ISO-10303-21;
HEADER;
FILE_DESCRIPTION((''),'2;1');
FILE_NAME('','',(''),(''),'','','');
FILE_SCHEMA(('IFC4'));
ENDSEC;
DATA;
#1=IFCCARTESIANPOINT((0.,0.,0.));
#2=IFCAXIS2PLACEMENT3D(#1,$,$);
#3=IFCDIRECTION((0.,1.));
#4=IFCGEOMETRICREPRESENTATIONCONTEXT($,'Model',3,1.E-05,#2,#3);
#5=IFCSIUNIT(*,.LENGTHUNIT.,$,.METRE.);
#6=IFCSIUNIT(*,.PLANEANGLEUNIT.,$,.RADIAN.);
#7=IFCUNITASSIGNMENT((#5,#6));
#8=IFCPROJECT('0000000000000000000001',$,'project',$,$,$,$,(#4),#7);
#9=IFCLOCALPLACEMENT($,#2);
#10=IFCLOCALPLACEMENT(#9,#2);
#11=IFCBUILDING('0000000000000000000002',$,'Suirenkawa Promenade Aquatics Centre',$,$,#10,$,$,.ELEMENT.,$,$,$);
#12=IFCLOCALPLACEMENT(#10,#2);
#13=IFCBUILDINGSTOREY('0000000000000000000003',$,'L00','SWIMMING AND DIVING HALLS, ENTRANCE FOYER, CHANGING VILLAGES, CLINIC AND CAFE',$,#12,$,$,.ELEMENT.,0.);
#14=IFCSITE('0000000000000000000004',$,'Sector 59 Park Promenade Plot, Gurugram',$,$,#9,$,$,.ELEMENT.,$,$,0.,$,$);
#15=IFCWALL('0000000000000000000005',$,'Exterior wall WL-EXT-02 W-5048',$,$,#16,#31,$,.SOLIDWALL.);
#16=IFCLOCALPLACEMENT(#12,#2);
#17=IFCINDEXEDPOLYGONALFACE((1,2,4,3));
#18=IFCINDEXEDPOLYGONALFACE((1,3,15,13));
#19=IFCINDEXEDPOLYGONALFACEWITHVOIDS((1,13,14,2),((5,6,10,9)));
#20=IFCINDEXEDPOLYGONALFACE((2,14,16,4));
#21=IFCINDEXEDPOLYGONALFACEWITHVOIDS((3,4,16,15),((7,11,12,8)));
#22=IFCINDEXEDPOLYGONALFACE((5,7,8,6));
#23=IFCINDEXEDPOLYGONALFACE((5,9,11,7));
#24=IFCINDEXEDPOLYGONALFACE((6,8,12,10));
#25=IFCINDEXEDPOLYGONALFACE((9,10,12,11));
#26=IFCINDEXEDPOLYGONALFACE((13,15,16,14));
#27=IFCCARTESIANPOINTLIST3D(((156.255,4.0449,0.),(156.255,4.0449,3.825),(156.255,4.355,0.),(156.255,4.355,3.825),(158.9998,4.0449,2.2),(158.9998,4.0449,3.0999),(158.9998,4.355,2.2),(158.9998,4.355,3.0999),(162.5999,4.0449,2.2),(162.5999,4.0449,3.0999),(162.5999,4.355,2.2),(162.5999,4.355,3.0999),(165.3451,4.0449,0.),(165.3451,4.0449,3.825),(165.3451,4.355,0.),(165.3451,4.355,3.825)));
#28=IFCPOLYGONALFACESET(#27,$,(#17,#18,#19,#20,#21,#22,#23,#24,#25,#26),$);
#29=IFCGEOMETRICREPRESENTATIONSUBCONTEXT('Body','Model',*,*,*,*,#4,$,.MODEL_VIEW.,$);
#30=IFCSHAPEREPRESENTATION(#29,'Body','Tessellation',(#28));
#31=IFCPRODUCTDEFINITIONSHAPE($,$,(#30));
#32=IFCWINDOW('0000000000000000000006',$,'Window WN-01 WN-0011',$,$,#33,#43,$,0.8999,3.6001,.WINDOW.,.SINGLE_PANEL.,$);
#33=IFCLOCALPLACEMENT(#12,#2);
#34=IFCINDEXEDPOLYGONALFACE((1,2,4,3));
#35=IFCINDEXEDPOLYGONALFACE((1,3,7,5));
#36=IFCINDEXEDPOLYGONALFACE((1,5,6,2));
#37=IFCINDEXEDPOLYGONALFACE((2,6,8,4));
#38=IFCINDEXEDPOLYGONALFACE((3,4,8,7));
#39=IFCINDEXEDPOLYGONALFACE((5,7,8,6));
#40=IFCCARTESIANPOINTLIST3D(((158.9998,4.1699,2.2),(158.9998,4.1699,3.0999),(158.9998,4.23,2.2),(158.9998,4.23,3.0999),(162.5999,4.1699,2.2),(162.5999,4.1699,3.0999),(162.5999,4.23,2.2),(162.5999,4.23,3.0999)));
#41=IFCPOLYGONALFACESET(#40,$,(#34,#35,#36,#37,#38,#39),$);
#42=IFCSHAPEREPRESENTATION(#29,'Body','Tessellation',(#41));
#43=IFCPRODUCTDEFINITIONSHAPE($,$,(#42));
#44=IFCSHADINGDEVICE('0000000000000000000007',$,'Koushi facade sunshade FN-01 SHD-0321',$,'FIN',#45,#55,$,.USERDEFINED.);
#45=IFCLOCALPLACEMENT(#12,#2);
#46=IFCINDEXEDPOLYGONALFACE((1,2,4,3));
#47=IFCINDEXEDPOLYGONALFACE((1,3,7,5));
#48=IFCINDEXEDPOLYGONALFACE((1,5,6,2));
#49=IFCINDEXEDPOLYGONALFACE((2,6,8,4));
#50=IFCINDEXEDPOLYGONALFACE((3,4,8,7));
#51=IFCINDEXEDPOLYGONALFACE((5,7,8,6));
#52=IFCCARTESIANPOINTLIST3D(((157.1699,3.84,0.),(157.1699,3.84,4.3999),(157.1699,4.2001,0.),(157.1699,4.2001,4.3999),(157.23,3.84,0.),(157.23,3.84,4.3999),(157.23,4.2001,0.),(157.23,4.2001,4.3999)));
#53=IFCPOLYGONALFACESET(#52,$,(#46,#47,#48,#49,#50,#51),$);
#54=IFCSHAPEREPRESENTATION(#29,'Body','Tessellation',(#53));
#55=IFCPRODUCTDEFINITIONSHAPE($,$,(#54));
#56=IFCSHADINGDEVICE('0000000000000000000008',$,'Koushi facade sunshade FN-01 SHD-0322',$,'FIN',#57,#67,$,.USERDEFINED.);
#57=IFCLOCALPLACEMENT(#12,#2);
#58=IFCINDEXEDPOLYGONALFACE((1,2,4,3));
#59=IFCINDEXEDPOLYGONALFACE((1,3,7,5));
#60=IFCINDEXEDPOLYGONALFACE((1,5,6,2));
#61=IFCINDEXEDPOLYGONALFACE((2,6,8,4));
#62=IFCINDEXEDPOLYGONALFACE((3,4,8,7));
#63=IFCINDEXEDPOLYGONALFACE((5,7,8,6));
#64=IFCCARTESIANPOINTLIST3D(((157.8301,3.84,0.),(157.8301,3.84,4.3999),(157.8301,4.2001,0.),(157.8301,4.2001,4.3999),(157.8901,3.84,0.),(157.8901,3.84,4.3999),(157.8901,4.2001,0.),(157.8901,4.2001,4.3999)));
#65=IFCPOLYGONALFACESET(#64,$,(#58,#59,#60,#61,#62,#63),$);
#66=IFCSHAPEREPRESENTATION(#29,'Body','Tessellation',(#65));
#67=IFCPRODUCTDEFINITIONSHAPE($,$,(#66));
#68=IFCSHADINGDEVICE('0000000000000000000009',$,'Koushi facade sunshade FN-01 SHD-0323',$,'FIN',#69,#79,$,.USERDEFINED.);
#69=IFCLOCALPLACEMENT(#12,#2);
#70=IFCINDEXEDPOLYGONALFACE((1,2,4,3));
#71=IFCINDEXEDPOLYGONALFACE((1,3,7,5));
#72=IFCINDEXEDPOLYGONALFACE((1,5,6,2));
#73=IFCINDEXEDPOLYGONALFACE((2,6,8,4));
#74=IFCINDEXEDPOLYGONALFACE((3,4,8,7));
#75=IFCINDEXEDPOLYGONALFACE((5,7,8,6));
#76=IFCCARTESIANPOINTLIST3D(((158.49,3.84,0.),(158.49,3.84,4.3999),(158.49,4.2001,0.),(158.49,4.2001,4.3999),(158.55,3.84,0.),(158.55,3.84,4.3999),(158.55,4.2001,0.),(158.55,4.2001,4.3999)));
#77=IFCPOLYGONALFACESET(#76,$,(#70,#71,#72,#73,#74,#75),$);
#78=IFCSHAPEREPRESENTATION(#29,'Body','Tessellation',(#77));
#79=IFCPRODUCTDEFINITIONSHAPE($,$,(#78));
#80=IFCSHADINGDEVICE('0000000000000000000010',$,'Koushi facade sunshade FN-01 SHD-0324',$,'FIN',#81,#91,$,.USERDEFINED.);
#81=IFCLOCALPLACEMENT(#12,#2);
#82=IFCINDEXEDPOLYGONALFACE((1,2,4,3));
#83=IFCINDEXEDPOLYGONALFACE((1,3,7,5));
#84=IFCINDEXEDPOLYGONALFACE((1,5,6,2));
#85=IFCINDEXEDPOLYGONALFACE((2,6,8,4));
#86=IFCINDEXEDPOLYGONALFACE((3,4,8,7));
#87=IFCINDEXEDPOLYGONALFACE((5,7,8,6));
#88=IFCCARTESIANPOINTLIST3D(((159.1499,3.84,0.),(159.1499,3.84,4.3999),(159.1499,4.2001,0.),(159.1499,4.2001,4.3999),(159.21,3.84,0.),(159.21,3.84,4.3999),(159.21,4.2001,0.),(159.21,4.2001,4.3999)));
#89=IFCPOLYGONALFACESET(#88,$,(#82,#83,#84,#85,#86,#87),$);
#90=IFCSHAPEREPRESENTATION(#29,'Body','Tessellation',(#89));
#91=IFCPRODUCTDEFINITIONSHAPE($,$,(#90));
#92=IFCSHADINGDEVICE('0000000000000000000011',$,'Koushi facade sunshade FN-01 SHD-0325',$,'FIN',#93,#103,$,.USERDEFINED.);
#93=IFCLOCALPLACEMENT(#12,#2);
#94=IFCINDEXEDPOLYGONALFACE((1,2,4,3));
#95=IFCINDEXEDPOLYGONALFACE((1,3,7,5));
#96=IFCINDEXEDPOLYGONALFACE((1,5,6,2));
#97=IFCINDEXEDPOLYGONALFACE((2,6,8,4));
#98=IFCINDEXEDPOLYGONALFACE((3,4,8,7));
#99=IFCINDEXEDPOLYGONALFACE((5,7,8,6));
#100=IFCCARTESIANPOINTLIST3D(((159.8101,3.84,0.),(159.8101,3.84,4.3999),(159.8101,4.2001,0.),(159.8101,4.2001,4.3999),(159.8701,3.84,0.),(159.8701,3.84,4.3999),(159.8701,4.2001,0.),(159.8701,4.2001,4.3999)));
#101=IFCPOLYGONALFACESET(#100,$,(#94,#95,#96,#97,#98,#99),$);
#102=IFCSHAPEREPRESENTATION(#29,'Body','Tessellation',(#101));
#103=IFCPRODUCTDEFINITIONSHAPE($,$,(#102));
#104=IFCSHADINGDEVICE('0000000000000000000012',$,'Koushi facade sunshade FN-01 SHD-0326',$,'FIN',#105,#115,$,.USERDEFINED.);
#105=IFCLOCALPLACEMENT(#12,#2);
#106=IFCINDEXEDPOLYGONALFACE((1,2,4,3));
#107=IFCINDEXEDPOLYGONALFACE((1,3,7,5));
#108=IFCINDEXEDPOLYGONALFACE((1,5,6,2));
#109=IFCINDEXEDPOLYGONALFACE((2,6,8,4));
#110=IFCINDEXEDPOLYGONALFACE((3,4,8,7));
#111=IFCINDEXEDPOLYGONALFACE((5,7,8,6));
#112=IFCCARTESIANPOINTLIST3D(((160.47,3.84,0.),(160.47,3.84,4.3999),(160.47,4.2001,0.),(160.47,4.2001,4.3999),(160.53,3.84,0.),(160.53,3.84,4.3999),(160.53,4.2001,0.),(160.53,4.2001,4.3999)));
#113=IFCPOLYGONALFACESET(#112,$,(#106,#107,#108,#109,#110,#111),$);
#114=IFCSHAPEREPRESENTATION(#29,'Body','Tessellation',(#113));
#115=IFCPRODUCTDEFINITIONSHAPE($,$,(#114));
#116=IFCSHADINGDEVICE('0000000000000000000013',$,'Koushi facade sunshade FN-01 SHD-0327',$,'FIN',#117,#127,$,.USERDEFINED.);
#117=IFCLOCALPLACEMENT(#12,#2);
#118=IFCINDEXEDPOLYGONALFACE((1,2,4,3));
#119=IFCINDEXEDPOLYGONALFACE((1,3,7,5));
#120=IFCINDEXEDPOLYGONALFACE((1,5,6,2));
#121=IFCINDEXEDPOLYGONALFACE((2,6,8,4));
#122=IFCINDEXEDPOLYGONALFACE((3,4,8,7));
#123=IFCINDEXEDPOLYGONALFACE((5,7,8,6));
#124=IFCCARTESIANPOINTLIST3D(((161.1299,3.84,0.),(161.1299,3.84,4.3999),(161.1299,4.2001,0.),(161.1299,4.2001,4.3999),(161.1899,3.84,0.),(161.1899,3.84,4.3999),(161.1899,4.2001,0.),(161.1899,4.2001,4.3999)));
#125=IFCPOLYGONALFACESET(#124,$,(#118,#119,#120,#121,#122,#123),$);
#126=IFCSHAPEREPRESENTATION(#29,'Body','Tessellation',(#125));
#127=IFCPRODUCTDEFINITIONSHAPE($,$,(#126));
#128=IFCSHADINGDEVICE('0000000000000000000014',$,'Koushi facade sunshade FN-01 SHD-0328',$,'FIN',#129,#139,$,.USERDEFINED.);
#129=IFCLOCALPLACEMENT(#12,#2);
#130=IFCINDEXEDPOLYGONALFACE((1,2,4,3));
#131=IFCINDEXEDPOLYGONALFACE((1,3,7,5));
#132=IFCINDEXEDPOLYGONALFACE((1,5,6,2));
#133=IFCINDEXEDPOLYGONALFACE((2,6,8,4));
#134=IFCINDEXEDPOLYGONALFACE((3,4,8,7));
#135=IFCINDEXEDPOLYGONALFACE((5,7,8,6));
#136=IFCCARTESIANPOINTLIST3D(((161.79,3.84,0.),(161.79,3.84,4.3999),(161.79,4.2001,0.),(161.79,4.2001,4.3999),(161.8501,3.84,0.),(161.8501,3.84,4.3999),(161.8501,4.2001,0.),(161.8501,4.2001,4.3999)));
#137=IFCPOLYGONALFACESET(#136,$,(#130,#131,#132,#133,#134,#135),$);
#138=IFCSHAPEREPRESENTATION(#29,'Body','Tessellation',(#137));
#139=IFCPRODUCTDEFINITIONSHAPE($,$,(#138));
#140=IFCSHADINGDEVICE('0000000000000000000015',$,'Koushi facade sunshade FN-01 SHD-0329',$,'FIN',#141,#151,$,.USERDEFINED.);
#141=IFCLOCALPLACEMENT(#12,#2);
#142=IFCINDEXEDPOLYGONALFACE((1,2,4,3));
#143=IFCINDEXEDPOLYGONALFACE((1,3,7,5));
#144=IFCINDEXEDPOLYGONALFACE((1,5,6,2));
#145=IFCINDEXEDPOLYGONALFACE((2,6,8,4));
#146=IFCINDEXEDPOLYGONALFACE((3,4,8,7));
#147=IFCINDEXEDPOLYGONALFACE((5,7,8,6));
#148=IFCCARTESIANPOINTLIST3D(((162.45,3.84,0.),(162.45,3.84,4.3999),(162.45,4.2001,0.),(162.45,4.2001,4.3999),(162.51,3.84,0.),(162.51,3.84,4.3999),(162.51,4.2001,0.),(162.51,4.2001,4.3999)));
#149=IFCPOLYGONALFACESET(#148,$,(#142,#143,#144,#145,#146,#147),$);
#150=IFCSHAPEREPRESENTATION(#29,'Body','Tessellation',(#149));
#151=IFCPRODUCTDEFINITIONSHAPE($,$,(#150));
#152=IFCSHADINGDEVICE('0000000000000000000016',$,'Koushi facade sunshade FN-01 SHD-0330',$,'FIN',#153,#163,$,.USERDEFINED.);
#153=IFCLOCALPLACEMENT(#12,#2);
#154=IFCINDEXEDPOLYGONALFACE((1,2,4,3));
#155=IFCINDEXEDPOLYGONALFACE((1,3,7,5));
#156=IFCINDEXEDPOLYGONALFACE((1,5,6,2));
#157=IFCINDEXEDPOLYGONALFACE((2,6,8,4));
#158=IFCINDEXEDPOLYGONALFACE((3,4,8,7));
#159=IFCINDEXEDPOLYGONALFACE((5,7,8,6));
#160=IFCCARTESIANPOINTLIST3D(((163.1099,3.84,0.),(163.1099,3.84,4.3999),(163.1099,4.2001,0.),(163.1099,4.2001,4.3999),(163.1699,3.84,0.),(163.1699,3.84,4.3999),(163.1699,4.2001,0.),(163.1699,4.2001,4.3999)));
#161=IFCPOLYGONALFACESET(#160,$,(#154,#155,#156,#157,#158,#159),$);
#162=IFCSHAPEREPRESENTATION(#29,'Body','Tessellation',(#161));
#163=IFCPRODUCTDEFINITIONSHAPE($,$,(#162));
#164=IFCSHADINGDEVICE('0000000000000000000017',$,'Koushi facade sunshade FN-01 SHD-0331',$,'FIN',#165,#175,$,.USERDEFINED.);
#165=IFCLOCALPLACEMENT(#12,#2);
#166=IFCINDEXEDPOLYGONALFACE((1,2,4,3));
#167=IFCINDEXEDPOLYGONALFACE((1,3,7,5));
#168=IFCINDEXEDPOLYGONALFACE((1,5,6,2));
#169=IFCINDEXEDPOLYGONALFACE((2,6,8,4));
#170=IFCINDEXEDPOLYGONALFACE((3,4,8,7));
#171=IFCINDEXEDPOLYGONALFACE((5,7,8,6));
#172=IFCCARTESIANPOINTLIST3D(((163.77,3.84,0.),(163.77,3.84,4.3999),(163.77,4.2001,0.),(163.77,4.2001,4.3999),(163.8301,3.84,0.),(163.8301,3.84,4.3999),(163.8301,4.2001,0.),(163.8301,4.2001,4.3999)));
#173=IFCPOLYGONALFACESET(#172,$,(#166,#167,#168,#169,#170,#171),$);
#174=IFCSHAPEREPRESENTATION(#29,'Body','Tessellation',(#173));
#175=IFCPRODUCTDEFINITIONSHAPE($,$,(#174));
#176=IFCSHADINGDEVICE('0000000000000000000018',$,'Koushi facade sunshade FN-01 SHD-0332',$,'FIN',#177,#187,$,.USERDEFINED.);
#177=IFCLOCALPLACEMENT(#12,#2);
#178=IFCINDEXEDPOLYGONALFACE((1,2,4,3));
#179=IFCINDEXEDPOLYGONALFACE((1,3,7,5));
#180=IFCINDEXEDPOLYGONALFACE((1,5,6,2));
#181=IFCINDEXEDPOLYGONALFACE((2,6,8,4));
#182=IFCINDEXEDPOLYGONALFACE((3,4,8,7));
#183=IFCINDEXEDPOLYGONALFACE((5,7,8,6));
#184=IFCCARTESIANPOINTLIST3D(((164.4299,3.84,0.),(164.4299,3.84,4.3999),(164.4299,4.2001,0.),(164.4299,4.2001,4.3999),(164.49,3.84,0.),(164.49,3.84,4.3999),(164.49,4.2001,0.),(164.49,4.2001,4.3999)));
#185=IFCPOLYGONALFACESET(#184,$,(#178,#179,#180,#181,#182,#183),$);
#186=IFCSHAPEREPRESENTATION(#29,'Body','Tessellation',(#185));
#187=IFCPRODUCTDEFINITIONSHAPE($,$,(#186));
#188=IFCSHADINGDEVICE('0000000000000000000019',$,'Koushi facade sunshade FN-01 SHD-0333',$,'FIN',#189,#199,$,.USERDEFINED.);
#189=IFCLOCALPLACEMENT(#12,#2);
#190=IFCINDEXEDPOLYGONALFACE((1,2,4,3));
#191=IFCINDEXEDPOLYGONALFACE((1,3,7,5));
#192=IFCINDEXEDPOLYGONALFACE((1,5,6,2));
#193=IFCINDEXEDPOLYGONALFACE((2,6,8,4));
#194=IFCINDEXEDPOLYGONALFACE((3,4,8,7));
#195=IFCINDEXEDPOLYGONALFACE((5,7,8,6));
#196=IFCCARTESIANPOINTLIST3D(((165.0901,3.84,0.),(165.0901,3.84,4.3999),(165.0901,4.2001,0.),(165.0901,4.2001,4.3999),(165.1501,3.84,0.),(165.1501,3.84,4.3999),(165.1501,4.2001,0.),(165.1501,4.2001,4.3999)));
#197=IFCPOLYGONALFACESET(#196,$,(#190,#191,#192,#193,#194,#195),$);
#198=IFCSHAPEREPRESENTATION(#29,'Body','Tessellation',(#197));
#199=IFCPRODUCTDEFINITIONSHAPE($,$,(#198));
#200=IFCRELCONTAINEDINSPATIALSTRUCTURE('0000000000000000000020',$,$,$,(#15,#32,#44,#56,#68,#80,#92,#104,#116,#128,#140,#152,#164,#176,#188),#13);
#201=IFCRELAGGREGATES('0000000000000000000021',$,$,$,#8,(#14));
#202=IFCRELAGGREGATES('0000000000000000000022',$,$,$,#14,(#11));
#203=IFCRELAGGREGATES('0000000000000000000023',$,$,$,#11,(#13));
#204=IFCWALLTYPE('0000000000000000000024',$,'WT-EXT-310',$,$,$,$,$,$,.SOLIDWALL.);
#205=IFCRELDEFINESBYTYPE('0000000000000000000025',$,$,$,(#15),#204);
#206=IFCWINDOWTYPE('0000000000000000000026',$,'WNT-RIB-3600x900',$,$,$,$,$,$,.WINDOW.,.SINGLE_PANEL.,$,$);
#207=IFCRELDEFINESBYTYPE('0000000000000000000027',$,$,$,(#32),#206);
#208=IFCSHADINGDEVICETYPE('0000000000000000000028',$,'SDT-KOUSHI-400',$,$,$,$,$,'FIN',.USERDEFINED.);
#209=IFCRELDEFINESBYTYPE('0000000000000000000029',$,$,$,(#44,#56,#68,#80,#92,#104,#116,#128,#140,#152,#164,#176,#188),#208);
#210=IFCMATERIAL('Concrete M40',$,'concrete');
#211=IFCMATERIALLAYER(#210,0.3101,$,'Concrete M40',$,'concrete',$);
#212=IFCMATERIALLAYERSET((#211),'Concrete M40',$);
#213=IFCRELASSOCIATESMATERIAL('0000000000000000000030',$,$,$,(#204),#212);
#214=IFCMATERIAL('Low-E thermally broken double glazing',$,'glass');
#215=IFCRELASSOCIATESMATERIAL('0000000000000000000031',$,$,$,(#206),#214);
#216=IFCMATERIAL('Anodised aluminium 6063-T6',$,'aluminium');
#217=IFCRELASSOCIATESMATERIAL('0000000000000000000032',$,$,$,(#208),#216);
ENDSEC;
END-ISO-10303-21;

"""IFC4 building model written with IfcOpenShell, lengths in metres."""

from ifc_helpers import new_model, si_unit, direction, frame, frame_2d, origin, origin_2d, place, context, subcontext, project, spatial, rectangle, extrude, material, layer, layer_set, type_object, element, fill, save


model = new_model("IFC4")

# Units and contexts
model_context = context("Model", 3, precision=1e-05, world=origin(), true_north=direction((0.0, 1.0)))
body_context = subcontext(model_context, "Body", "Model", "MODEL_VIEW")
ifc_project = project(units=[si_unit("LENGTHUNIT", "METRE"), si_unit("PLANEANGLEUNIT", "RADIAN")], contexts=[model_context])

# Site, building, storey
site_placement = place(None, origin())
site = spatial("IfcSite", under=ifc_project, at=site_placement, Name="Sector 59 Park Promenade Plot, Gurugram", CompositionType="ELEMENT", RefElevation=0.0)
building_placement = place(site_placement, origin())
building = spatial("IfcBuilding", under=site, at=building_placement, Name="Suirenkawa Promenade Aquatics Centre", CompositionType="ELEMENT")
storey_placement = place(building_placement, origin())
storey = spatial("IfcBuildingStorey", under=building, at=storey_placement, Name="L00", Description="SWIMMING AND DIVING HALLS, ENTRANCE FOYER, CHANGING VILLAGES, CLINIC AND CAFE", CompositionType="ELEMENT", Elevation=0.0)

# Shared definitions
ifc_material_1 = material(Name="Concrete M40", Category="concrete")

# Shared definitions
ifc_material_2 = material(Name="Anodised aluminium 6063-T6", Category="aluminium")
ifc_material_3 = material(Name="Low-E thermally broken double glazing", Category="glass")

# Wall, opening, window
ifc_layer_1 = layer(ifc_material_1, 0.3101, Name="Concrete M40", Category="concrete")
ifc_layer_set_1 = layer_set([ifc_layer_1], Name="Concrete M40")
wall_type_1 = type_object("IfcWallType", Name="WT-EXT-310", PredefinedType="SOLIDWALL", material=ifc_layer_set_1)
wall_1_placement = place(storey_placement, frame((165.345, 4.2, 0.0), z_axis=(0.0, 0.0, 1.0), x_axis=(-1.0, 0.0, 0.0)))
wall_1 = element("IfcWall", 1, at=wall_1_placement, inside=storey, type_object=wall_type_1, Name="Exterior wall WL-EXT-02 W-5048", PredefinedType="SOLIDWALL", context=body_context, shape_type="SweptSolid", body=[
    extrude(rectangle(XDim=9.0901, YDim=0.3101, at=frame_2d((4.5449, 0.0))), origin(), (0.0, 0.0, 1.0), 3.825),
])
opening_1_placement = place(wall_1_placement, frame((2.7451, 0.0, 2.2)))
opening_1 = element("IfcOpeningElement", 2, at=opening_1_placement, cuts=wall_1, PredefinedType="OPENING", context=body_context, shape_type="SweptSolid", body=[
    extrude(rectangle(XDim=3.6001, YDim=0.8999, at=frame_2d((1.8, 0.45))), frame((0.0, 0.165, 0.0), z_axis=(0.0, -1.0, 0.0), x_axis=(1.0, 0.0, 0.0)), (0.0, 0.0, 1.0), 0.3301),
])
window_type_1 = type_object("IfcWindowType", Name="WNT-RIB-3600x900", PartitioningType="SINGLE_PANEL", PredefinedType="WINDOW", material=ifc_material_3)
window_1_placement = place(opening_1_placement, origin())
window_1 = element("IfcWindow", 3, at=window_1_placement, inside=storey, type_object=window_type_1, Name="Window WN-01 WN-0011", OverallHeight=0.8999, OverallWidth=3.6001, PartitioningType="SINGLE_PANEL", PredefinedType="WINDOW", context=body_context, shape_type="SweptSolid", body=[
    extrude(rectangle(XDim=3.6001, YDim=0.8999, at=frame_2d((1.8, 0.45))), frame((0.0, 0.03, 0.0), z_axis=(0.0, -1.0, 0.0), x_axis=(1.0, 0.0, 0.0)), (0.0, 0.0, 1.0), 0.0601),
])
fill(opening_1, window_1)

# Shading devices
shading_device_type = type_object("IfcShadingDeviceType", Name="SDT-KOUSHI-400", ElementType="FIN", PredefinedType="USERDEFINED", material=ifc_material_2)
for number, where, z_axis, x_axis, name in (
    (4, (157.2, 4.02, 0.0), (0.0, 0.0, 1.0), (1.0, 0.0, 0.0), "Koushi facade sunshade FN-01 SHD-0321"),
    (5, (157.8601, 4.02, 0.0), (0.0, 0.0, 1.0), (1.0, 0.0, 0.0), "Koushi facade sunshade FN-01 SHD-0322"),
    (6, (158.52, 4.02, 0.0), (0.0, 0.0, 1.0), (1.0, 0.0, 0.0), "Koushi facade sunshade FN-01 SHD-0323"),
    (7, (159.1799, 4.02, 0.0), (0.0, 0.0, 1.0), (1.0, 0.0, 0.0), "Koushi facade sunshade FN-01 SHD-0324"),
    (8, (159.8401, 4.02, 0.0), (0.0, 0.0, 1.0), (1.0, 0.0, 0.0), "Koushi facade sunshade FN-01 SHD-0325"),
    (9, (160.5, 4.02, 0.0), (0.0, 0.0, 1.0), (1.0, 0.0, 0.0), "Koushi facade sunshade FN-01 SHD-0326"),
    (10, (161.1599, 4.02, 0.0), (0.0, 0.0, 1.0), (1.0, 0.0, 0.0), "Koushi facade sunshade FN-01 SHD-0327"),
    (11, (161.8201, 4.02, 0.0), (0.0, 0.0, 1.0), (1.0, 0.0, 0.0), "Koushi facade sunshade FN-01 SHD-0328"),
    (12, (162.48, 4.02, 0.0), (0.0, 0.0, 1.0), (1.0, 0.0, 0.0), "Koushi facade sunshade FN-01 SHD-0329"),
    (13, (163.1399, 4.02, 0.0), (0.0, 0.0, 1.0), (1.0, 0.0, 0.0), "Koushi facade sunshade FN-01 SHD-0330"),
    (14, (163.8, 4.02, 0.0), (0.0, 0.0, 1.0), (1.0, 0.0, 0.0), "Koushi facade sunshade FN-01 SHD-0331"),
    (15, (164.46, 4.02, 0.0), (0.0, 0.0, 1.0), (1.0, 0.0, 0.0), "Koushi facade sunshade FN-01 SHD-0332"),
    (16, (165.1201, 4.02, 0.0), (0.0, 0.0, 1.0), (1.0, 0.0, 0.0), "Koushi facade sunshade FN-01 SHD-0333"),
):
    element("IfcShadingDevice", number, at=place(storey_placement, frame(where, z_axis=z_axis, x_axis=x_axis)), inside=storey, type_object=shading_device_type, Name=name, ObjectType="FIN", PredefinedType="USERDEFINED", context=body_context, shape_type="SweptSolid", body=[
        extrude(rectangle(XDim=0.0601, YDim=0.3601, at=origin_2d()), origin(), (0.0, 0.0, 1.0), 4.3999),
    ])

save(model, "model.ifc")
